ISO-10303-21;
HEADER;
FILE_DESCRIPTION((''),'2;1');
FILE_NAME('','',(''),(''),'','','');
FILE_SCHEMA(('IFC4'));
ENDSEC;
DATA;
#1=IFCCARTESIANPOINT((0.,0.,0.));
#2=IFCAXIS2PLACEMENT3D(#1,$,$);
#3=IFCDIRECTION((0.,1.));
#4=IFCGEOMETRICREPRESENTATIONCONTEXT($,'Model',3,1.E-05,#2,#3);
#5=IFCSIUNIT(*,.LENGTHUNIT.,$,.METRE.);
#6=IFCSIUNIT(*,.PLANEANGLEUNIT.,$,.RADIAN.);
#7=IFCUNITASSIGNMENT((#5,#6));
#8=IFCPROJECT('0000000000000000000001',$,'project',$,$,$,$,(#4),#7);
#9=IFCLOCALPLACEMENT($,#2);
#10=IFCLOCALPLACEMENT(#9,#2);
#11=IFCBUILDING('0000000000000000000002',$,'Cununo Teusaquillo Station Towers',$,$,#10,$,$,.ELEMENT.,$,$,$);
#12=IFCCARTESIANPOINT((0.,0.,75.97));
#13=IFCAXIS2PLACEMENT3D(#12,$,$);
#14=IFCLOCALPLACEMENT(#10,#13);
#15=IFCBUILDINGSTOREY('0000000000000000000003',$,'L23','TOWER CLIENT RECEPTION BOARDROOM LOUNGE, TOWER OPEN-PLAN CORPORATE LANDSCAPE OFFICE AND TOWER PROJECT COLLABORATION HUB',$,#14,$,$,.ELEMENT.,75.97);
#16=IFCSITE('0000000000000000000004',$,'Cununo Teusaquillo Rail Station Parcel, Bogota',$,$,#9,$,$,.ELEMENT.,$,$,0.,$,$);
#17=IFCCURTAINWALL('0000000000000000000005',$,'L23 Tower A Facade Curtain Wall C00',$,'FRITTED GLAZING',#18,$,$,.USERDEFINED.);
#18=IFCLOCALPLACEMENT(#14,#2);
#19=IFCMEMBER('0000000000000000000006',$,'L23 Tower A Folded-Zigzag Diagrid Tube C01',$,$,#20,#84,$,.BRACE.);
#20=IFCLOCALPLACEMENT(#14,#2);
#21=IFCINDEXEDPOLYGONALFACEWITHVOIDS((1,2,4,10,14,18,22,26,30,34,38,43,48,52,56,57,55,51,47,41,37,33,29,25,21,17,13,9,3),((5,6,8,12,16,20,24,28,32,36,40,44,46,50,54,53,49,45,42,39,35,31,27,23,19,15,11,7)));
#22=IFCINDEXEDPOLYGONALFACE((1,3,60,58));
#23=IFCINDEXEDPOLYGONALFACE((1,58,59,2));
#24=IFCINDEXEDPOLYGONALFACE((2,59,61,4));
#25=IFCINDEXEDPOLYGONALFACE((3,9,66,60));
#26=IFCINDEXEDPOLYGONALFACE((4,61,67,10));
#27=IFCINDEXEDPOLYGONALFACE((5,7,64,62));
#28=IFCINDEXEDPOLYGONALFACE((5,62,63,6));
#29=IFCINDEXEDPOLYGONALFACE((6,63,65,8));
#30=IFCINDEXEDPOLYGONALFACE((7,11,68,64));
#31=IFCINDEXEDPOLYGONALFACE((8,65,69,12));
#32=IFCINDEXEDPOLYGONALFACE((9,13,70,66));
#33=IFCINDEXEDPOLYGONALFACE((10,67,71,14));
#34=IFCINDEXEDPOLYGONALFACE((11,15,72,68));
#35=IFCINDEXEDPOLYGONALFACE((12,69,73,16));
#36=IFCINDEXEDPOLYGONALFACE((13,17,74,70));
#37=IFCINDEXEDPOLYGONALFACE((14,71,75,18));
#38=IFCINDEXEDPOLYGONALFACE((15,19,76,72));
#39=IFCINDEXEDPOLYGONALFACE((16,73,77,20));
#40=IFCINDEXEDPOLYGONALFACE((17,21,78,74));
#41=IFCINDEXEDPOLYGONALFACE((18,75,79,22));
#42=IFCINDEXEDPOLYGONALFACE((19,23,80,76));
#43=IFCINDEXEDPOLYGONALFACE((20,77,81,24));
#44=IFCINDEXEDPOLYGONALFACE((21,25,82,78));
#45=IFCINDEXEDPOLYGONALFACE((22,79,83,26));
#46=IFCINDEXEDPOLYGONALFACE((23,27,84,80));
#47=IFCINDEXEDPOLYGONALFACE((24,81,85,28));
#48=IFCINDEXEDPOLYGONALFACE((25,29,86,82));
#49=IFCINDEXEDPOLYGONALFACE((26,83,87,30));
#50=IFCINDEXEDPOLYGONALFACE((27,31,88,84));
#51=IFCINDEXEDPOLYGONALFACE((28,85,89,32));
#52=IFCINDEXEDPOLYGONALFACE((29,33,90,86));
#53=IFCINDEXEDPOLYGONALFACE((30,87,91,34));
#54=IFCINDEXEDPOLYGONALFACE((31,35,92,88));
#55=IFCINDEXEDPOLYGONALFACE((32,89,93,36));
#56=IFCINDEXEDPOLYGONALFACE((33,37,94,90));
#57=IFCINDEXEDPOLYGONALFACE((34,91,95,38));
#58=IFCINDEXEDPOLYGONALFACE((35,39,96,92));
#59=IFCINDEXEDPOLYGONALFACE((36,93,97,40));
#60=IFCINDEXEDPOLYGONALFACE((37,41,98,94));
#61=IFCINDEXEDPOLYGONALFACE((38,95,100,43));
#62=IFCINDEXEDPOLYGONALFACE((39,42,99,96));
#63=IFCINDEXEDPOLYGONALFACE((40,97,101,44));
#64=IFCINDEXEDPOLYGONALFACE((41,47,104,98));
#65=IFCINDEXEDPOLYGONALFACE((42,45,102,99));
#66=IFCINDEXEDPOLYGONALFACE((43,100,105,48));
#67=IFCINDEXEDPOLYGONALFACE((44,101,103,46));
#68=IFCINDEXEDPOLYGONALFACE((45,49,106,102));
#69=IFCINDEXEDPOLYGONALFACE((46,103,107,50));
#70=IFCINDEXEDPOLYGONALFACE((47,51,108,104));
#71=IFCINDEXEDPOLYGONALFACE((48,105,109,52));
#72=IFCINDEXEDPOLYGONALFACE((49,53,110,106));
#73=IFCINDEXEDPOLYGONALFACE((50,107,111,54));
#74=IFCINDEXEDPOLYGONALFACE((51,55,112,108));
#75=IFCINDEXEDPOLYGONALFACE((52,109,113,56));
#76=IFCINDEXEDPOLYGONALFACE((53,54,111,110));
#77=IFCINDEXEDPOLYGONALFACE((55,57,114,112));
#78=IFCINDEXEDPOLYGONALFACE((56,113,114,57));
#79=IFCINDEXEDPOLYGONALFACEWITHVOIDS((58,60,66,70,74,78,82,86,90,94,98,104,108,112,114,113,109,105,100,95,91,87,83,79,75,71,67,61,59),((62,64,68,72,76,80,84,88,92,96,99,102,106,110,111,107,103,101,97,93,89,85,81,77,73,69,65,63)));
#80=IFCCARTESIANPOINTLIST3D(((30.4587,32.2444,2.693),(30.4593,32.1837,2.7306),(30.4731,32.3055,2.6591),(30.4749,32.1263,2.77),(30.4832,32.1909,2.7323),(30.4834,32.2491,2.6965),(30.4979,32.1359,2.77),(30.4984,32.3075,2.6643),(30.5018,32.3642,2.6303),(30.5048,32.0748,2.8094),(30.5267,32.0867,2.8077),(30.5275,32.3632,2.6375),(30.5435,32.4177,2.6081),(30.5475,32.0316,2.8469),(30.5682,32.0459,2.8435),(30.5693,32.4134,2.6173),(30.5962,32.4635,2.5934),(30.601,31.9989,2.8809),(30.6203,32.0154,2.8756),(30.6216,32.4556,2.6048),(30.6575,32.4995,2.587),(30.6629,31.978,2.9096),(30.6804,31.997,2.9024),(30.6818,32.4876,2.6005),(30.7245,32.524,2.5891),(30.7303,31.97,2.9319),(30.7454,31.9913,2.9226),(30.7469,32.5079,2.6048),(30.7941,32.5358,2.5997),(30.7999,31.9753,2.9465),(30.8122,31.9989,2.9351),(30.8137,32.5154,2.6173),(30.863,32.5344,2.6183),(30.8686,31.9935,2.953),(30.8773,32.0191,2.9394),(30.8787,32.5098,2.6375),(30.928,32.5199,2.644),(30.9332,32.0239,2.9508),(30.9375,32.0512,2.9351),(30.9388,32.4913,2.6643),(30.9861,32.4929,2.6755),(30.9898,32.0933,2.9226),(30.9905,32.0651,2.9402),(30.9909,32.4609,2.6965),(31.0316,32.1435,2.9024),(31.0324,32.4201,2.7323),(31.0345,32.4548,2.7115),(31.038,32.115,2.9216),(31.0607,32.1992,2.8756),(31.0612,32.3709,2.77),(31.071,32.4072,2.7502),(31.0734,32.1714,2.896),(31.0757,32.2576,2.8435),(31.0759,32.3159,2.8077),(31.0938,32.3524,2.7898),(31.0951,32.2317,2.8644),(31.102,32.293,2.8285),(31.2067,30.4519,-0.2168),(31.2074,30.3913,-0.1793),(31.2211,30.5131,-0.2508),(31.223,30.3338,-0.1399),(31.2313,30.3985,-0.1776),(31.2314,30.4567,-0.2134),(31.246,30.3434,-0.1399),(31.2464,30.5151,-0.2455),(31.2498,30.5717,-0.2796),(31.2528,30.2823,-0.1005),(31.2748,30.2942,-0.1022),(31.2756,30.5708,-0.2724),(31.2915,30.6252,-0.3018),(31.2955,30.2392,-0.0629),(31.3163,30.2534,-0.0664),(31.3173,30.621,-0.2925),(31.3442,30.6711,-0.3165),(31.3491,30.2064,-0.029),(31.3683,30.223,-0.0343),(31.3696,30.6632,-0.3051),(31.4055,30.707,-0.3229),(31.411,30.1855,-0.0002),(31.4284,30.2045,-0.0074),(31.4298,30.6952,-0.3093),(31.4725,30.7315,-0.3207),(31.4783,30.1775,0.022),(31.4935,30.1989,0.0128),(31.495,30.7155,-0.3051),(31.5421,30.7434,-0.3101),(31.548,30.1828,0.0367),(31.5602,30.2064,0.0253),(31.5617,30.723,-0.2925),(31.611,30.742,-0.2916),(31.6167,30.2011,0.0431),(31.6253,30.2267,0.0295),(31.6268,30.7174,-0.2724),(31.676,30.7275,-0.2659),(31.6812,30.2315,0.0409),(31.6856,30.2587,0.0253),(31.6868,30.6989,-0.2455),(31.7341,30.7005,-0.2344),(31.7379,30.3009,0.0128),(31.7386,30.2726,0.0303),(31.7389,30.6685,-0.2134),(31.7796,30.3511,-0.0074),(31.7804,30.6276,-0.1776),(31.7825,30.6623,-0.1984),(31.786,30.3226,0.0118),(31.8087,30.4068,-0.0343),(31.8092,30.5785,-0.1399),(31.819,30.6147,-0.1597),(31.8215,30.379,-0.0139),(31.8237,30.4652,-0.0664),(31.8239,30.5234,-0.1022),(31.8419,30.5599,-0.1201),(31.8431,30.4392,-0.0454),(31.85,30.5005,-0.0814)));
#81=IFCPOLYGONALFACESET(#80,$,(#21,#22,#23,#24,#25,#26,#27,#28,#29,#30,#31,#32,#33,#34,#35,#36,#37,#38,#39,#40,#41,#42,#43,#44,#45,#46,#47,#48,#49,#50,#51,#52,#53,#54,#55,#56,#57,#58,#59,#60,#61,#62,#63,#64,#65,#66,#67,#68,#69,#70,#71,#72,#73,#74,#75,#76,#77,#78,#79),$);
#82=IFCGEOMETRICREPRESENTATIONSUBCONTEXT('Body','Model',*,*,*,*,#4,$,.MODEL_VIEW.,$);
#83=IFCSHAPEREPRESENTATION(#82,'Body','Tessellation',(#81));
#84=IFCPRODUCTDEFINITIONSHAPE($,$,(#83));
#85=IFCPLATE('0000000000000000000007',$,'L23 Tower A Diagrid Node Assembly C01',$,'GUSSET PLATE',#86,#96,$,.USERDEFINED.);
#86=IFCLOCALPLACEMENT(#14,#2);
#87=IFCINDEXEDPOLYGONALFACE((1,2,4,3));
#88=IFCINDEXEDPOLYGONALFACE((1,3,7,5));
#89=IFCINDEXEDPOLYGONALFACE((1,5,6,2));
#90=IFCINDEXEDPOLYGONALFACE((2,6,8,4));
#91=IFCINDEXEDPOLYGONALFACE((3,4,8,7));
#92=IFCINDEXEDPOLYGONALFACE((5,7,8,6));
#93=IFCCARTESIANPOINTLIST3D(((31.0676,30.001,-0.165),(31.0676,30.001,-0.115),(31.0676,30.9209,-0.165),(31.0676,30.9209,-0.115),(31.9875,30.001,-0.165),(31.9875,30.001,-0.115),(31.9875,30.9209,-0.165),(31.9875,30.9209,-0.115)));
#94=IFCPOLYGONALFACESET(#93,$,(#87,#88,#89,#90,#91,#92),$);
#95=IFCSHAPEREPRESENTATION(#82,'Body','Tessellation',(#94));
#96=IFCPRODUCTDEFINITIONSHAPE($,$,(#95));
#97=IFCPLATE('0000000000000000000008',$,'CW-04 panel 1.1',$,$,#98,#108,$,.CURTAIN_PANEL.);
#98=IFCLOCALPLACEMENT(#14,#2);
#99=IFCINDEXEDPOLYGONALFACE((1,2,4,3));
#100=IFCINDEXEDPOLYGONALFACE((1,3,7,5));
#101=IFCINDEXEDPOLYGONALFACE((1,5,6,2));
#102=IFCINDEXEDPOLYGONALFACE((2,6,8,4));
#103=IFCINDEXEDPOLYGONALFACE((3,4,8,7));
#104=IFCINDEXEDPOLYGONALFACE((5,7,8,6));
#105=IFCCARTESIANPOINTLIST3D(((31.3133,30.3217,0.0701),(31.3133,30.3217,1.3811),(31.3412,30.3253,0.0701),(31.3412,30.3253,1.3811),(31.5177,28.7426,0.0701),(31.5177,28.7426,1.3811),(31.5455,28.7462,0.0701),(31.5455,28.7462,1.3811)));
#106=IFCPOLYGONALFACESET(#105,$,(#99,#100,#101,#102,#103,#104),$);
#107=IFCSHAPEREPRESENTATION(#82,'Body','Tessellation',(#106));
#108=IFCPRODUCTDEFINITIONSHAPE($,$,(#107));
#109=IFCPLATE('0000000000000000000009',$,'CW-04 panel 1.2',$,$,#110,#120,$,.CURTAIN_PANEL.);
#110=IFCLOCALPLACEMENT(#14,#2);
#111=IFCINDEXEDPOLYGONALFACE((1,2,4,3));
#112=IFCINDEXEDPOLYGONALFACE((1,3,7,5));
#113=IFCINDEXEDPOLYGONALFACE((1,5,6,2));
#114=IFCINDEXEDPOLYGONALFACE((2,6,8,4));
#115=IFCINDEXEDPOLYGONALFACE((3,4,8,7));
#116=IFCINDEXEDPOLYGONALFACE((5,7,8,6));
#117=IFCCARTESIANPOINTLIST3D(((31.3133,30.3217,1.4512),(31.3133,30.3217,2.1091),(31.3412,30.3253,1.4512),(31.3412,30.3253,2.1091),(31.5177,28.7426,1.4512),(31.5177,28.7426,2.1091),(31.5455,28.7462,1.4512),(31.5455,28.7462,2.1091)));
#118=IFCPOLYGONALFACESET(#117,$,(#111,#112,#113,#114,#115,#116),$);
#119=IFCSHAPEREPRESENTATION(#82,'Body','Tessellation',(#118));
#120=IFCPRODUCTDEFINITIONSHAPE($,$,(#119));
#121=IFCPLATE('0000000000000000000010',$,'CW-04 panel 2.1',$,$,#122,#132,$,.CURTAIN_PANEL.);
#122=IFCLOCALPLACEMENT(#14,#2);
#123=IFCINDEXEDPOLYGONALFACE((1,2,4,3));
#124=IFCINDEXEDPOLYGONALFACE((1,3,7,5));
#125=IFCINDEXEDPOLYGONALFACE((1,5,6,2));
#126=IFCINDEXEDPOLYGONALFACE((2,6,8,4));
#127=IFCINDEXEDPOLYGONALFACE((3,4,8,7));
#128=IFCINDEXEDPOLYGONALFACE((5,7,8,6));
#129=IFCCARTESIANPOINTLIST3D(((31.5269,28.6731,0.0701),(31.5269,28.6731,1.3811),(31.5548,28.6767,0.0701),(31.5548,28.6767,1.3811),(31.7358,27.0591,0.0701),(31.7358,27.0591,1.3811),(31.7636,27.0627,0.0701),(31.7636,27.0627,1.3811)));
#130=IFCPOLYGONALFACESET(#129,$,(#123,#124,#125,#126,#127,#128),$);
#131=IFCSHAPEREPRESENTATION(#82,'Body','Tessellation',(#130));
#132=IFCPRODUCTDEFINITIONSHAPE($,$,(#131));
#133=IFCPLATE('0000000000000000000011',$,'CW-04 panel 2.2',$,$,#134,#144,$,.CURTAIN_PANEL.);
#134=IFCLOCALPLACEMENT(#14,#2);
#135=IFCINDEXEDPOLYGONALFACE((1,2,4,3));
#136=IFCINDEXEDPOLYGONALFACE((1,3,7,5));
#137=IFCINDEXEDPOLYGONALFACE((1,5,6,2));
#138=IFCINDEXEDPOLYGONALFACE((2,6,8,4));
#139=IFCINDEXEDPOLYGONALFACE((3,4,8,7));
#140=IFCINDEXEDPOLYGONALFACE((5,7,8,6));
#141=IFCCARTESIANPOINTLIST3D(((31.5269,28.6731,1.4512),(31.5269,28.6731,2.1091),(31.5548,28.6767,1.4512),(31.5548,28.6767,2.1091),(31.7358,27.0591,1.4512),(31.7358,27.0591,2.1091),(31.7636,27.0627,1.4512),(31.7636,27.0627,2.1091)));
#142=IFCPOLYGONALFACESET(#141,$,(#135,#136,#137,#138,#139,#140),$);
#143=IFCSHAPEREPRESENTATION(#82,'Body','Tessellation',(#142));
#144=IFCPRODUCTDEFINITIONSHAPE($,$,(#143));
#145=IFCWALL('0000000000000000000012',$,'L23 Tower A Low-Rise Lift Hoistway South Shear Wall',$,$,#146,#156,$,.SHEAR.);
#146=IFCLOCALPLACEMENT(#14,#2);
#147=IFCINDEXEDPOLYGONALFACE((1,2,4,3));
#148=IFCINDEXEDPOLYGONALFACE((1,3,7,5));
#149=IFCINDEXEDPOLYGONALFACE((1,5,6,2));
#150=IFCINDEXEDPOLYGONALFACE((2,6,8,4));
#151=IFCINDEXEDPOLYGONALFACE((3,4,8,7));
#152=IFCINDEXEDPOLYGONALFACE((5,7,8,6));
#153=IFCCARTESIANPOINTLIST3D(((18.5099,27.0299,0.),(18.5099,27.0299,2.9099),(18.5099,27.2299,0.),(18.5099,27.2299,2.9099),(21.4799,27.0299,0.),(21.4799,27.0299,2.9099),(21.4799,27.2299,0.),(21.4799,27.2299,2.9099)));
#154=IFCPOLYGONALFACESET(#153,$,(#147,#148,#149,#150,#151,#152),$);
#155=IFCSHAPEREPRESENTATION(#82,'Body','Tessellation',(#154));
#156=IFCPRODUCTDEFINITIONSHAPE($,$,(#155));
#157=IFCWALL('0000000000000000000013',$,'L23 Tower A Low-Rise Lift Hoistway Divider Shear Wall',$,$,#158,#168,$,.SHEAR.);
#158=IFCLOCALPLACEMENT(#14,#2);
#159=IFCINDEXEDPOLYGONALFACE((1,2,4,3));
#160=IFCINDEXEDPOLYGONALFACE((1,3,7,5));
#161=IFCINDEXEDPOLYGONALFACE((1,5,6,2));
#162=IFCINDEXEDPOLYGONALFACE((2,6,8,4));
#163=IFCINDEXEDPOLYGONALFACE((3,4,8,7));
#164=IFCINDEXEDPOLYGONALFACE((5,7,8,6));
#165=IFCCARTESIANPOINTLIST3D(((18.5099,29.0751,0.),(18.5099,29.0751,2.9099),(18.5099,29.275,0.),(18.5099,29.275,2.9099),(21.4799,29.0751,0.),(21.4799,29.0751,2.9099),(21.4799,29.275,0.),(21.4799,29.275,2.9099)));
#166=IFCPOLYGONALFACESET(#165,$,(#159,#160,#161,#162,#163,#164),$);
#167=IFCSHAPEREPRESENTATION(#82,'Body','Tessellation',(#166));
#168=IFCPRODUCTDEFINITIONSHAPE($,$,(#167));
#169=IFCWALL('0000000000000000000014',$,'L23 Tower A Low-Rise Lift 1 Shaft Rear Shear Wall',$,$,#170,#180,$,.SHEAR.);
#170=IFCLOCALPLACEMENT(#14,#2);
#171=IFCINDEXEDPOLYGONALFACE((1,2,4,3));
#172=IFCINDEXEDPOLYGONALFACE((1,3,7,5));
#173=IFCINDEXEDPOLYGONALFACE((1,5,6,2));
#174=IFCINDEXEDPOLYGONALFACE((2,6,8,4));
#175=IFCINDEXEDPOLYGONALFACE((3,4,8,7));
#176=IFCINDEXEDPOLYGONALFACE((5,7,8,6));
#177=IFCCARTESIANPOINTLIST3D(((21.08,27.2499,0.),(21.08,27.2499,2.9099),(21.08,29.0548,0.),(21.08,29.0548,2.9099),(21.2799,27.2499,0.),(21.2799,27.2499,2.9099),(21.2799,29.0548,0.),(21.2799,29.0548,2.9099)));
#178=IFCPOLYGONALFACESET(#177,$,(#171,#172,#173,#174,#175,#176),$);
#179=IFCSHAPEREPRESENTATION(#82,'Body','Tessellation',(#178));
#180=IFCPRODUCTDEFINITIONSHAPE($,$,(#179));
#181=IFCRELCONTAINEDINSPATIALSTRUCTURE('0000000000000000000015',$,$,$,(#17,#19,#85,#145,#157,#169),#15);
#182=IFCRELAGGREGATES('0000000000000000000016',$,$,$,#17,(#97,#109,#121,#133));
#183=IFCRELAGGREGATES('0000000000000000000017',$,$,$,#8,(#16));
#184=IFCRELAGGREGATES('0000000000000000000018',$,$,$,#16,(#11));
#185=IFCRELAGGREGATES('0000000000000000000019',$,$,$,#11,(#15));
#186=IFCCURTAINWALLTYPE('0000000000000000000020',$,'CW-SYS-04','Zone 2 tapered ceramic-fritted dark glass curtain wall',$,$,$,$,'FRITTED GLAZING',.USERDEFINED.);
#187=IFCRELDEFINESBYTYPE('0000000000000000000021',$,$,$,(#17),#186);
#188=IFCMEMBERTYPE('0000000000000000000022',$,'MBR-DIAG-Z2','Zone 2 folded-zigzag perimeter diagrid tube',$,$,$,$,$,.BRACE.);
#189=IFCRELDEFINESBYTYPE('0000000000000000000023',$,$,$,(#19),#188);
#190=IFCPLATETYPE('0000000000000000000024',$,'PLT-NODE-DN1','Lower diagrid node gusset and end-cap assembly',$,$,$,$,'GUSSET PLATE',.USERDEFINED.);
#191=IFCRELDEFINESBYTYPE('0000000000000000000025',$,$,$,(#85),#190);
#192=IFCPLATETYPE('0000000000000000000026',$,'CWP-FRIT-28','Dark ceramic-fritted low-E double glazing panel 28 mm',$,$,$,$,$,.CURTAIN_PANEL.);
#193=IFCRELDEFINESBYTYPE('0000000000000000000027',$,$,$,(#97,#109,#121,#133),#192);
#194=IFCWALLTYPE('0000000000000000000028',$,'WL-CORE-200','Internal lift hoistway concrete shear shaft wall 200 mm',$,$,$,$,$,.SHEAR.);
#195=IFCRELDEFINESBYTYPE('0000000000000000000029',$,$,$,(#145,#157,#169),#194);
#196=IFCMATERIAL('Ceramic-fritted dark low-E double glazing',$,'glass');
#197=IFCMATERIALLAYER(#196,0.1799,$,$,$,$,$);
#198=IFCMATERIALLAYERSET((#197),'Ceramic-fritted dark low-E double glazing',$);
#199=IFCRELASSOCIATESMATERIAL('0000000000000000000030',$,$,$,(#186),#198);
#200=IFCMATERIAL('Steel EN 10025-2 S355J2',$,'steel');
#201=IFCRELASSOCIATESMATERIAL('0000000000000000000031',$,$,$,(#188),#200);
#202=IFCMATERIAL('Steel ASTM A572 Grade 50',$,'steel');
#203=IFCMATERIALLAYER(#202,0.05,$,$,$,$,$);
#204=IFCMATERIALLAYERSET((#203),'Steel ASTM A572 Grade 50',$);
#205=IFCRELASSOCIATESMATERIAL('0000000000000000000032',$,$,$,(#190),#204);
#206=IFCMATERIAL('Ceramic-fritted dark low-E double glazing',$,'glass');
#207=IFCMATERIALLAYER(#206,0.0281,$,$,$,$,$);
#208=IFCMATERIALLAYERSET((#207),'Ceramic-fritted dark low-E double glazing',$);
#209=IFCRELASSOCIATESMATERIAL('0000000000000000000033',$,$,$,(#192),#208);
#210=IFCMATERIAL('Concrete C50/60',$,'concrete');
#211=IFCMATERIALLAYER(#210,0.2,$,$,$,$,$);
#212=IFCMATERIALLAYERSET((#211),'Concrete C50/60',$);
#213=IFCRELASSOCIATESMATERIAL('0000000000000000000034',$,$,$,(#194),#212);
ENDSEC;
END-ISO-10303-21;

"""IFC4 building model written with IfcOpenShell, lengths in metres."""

from ifc_helpers import new_model, si_unit, direction, frame, frame_2d, origin, origin_2d, place, context, subcontext, project, spatial, rectangle, hollow_circle, extrude, source, transform, mapped, material, layer, layer_set, material_profile, profile_set, type_object, element, aggregate, save


model = new_model("IFC4")

# Units and contexts
model_context = context("Model", 3, precision=1e-05, world=origin(), true_north=direction((0.0, 1.0)))
body_context = subcontext(model_context, "Body", "Model", "MODEL_VIEW")
ifc_project = project(units=[si_unit("LENGTHUNIT", "METRE"), si_unit("PLANEANGLEUNIT", "RADIAN")], contexts=[model_context])

# Site, building, storey
site_placement = place(None, origin())
site = spatial("IfcSite", under=ifc_project, at=site_placement, Name="Cununo Teusaquillo Rail Station Parcel, Bogota", CompositionType="ELEMENT", RefElevation=0.0)
building_placement = place(site_placement, origin())
building = spatial("IfcBuilding", under=site, at=building_placement, Name="Cununo Teusaquillo Station Towers", CompositionType="ELEMENT")
storey_placement = place(building_placement, frame((0.0, 0.0, 75.97)))
storey = spatial("IfcBuildingStorey", under=building, at=storey_placement, Name="L23", Description="TOWER CLIENT RECEPTION BOARDROOM LOUNGE, TOWER OPEN-PLAN CORPORATE LANDSCAPE OFFICE AND TOWER PROJECT COLLABORATION HUB", CompositionType="ELEMENT", Elevation=75.97)

# Curtain wall
ifc_material_1 = material(Name="Ceramic-fritted dark low-E double glazing", Category="glass")
ifc_layer_1 = layer(ifc_material_1, 0.1799)
ifc_layer_set_1 = layer_set([ifc_layer_1], Name="Ceramic-fritted dark low-E double glazing")
curtain_wall_type = type_object("IfcCurtainWallType", Name="CW-SYS-04", Description="Zone 2 tapered ceramic-fritted dark glass curtain wall", ElementType="FRITTED GLAZING", PredefinedType="USERDEFINED", material=ifc_layer_set_1)
curtain_wall_placement = place(storey_placement, origin())
curtain_wall = element("IfcCurtainWall", 1, at=curtain_wall_placement, inside=storey, type_object=curtain_wall_type, Name="L23 Tower A Facade Curtain Wall C00", ObjectType="FRITTED GLAZING", PredefinedType="USERDEFINED")

# Member
ifc_material_2 = material(Name="Steel EN 10025-2 S355J2", Category="steel")
ifc_material_profile_1 = material_profile(ifc_material_2, hollow_circle(Radius=0.3301, WallThickness=0.0249, at=origin_2d()), Name="CHS 660x25")
ifc_profile_set_1 = profile_set([ifc_material_profile_1], Name="Steel EN 10025-2 S355J2")
member_type_1 = type_object("IfcMemberType", Name="MBR-DIAG-Z2", Description="Zone 2 folded-zigzag perimeter diagrid tube", PredefinedType="BRACE", material=ifc_profile_set_1)
member_1_placement = place(storey_placement, frame((31.5276, 30.4609, -0.1399), z_axis=(-0.213814, 0.512343, 0.831738), x_axis=(-0.922861, -0.385133, 0.0)))
element("IfcMember", 2, at=member_1_placement, inside=storey, type_object=member_type_1, Name="L23 Tower A Folded-Zigzag Diagrid Tube C01", PredefinedType="BRACE", context=body_context, shape_type="SweptSolid", body=[
    extrude(hollow_circle(Radius=0.3301, WallThickness=0.0249, at=origin_2d()), origin(), (0.0, 0.0, 1.0), 3.4985),
])

# Plates
ifc_material_3 = material(Name="Steel ASTM A572 Grade 50", Category="steel")
ifc_layer_2 = layer(ifc_material_3, 0.05)
ifc_layer_set_2 = layer_set([ifc_layer_2], Name="Steel ASTM A572 Grade 50")
plate_type_1 = type_object("IfcPlateType", Name="PLT-NODE-DN1", Description="Lower diagrid node gusset and end-cap assembly", ElementType="GUSSET PLATE", PredefinedType="USERDEFINED", material=ifc_layer_set_2)
shared_shape_1 = source(origin(), body_context, "Body", "SweptSolid", [
    extrude(rectangle(XDim=0.9199, YDim=0.9199, at=origin_2d()), origin(), (0.0, 0.0, 1.0), 0.05),
])
plate_1_placement = place(storey_placement, frame((31.5276, 30.4609, -0.165), z_axis=(0.0, 0.0, 1.0), x_axis=(1.0, 0.0, 0.0)))
element("IfcPlate", 3, at=plate_1_placement, inside=storey, type_object=plate_type_1, Name="L23 Tower A Diagrid Node Assembly C01", ObjectType="GUSSET PLATE", PredefinedType="USERDEFINED", context=body_context, shape_type="MappedRepresentation", body=[
    mapped(shared_shape_1, transform((0.0, 0.0, 0.0), x_axis=(1.0, 0.0, 0.0), y_axis=(0.0, 1.0, 0.0), z_axis=(0.0, 0.0, 1.0), scale=1.0)),
])
ifc_material_4 = material(Name="Ceramic-fritted dark low-E double glazing", Category="glass")
ifc_layer_3 = layer(ifc_material_4, 0.0281)
ifc_layer_set_3 = layer_set([ifc_layer_3], Name="Ceramic-fritted dark low-E double glazing")
plate_type_2 = type_object("IfcPlateType", Name="CWP-FRIT-28", Description="Dark ceramic-fritted low-E double glazing panel 28 mm", PredefinedType="CURTAIN_PANEL", material=ifc_layer_set_3)
shared_shape_2 = source(origin(), body_context, "Body", "SweptSolid", [
    extrude(rectangle(XDim=1.5923, YDim=0.0281, at=origin_2d()), origin(), (0.0, 0.0, 1.0), 1.311),
])
plate_2_placement = place(storey_placement, frame((31.4294, 29.5339, 0.0701), z_axis=(0.0, 0.0, 1.0), x_axis=(0.128336, -0.991731, 0.0)))
plate_2 = element("IfcPlate", 4, at=plate_2_placement, type_object=plate_type_2, Name="CW-04 panel 1.1", PredefinedType="CURTAIN_PANEL", context=body_context, shape_type="MappedRepresentation", body=[
    mapped(shared_shape_2, transform((0.0, 0.0, 0.0), x_axis=(1.0, 0.0, 0.0), y_axis=(0.0, 1.0, 0.0), z_axis=(0.0, 0.0, 1.0), scale=1.0)),
])
shared_shape_3 = source(origin(), body_context, "Body", "SweptSolid", [
    extrude(rectangle(XDim=1.5923, YDim=0.0281, at=origin_2d()), origin(), (0.0, 0.0, 1.0), 0.658),
])
plate_3_placement = place(storey_placement, frame((31.4294, 29.5339, 1.4512), z_axis=(0.0, 0.0, 1.0), x_axis=(0.128336, -0.991731, 0.0)))
plate_3 = element("IfcPlate", 5, at=plate_3_placement, type_object=plate_type_2, Name="CW-04 panel 1.2", PredefinedType="CURTAIN_PANEL", context=body_context, shape_type="MappedRepresentation", body=[
    mapped(shared_shape_3, transform((0.0, 0.0, 0.0), x_axis=(1.0, 0.0, 0.0), y_axis=(0.0, 1.0, 0.0), z_axis=(0.0, 0.0, 1.0), scale=1.0)),
])
shared_shape_4 = source(origin(), body_context, "Body", "SweptSolid", [
    extrude(rectangle(XDim=1.6274, YDim=0.0281, at=origin_2d()), origin(), (0.0, 0.0, 1.0), 1.311),
])
plate_4_placement = place(storey_placement, frame((31.6453, 27.8679, 0.0701), z_axis=(0.0, 0.0, 1.0), x_axis=(0.128336, -0.991731, 0.0)))
plate_4 = element("IfcPlate", 6, at=plate_4_placement, type_object=plate_type_2, Name="CW-04 panel 2.1", PredefinedType="CURTAIN_PANEL", context=body_context, shape_type="MappedRepresentation", body=[
    mapped(shared_shape_4, transform((0.0, 0.0, 0.0), x_axis=(1.0, 0.0, 0.0), y_axis=(0.0, 1.0, 0.0), z_axis=(0.0, 0.0, 1.0), scale=1.0)),
])
shared_shape_5 = source(origin(), body_context, "Body", "SweptSolid", [
    extrude(rectangle(XDim=1.6274, YDim=0.0281, at=origin_2d()), origin(), (0.0, 0.0, 1.0), 0.658),
])
plate_5_placement = place(storey_placement, frame((31.6453, 27.8679, 1.4512), z_axis=(0.0, 0.0, 1.0), x_axis=(0.128336, -0.991731, 0.0)))
plate_5 = element("IfcPlate", 7, at=plate_5_placement, type_object=plate_type_2, Name="CW-04 panel 2.2", PredefinedType="CURTAIN_PANEL", context=body_context, shape_type="MappedRepresentation", body=[
    mapped(shared_shape_5, transform((0.0, 0.0, 0.0), x_axis=(1.0, 0.0, 0.0), y_axis=(0.0, 1.0, 0.0), z_axis=(0.0, 0.0, 1.0), scale=1.0)),
])
aggregate(curtain_wall, [plate_2, plate_3, plate_4, plate_5])

# Walls
ifc_material_5 = material(Name="Concrete C50/60", Category="concrete")
ifc_layer_4 = layer(ifc_material_5, 0.2)
ifc_layer_set_4 = layer_set([ifc_layer_4], Name="Concrete C50/60")
wall_type_1 = type_object("IfcWallType", Name="WL-CORE-200", Description="Internal lift hoistway concrete shear shaft wall 200 mm", PredefinedType="SHEAR", material=ifc_layer_set_4)
for number, where, z_axis, x_axis, name in (
    (8, (18.51, 27.1299, 0.0), (0.0, 0.0, 1.0), (1.0, 0.0, 0.0), "L23 Tower A Low-Rise Lift Hoistway South Shear Wall"),
    (9, (18.51, 29.175, 0.0), (0.0, 0.0, 1.0), (1.0, 0.0, 0.0), "L23 Tower A Low-Rise Lift Hoistway Divider Shear Wall"),
):
    element("IfcWall", number, at=place(storey_placement, frame(where, z_axis=z_axis, x_axis=x_axis)), inside=storey, type_object=wall_type_1, Name=name, PredefinedType="SHEAR", context=body_context, shape_type="SweptSolid", body=[
        extrude(rectangle(XDim=2.97, YDim=0.2, at=frame_2d((1.4849, 0.0))), origin(), (0.0, 0.0, 1.0), 2.9099),
    ])
wall_1_placement = place(storey_placement, frame((21.1799, 27.25, 0.0), z_axis=(0.0, 0.0, 1.0), x_axis=(0.0, 1.0, 0.0)))
element("IfcWall", 10, at=wall_1_placement, inside=storey, type_object=wall_type_1, Name="L23 Tower A Low-Rise Lift 1 Shaft Rear Shear Wall", PredefinedType="SHEAR", context=body_context, shape_type="SweptSolid", body=[
    extrude(rectangle(XDim=1.8049, YDim=0.2, at=frame_2d((0.9023, 0.0))), origin(), (0.0, 0.0, 1.0), 2.9099),
])

save(model, "model.ifc")
